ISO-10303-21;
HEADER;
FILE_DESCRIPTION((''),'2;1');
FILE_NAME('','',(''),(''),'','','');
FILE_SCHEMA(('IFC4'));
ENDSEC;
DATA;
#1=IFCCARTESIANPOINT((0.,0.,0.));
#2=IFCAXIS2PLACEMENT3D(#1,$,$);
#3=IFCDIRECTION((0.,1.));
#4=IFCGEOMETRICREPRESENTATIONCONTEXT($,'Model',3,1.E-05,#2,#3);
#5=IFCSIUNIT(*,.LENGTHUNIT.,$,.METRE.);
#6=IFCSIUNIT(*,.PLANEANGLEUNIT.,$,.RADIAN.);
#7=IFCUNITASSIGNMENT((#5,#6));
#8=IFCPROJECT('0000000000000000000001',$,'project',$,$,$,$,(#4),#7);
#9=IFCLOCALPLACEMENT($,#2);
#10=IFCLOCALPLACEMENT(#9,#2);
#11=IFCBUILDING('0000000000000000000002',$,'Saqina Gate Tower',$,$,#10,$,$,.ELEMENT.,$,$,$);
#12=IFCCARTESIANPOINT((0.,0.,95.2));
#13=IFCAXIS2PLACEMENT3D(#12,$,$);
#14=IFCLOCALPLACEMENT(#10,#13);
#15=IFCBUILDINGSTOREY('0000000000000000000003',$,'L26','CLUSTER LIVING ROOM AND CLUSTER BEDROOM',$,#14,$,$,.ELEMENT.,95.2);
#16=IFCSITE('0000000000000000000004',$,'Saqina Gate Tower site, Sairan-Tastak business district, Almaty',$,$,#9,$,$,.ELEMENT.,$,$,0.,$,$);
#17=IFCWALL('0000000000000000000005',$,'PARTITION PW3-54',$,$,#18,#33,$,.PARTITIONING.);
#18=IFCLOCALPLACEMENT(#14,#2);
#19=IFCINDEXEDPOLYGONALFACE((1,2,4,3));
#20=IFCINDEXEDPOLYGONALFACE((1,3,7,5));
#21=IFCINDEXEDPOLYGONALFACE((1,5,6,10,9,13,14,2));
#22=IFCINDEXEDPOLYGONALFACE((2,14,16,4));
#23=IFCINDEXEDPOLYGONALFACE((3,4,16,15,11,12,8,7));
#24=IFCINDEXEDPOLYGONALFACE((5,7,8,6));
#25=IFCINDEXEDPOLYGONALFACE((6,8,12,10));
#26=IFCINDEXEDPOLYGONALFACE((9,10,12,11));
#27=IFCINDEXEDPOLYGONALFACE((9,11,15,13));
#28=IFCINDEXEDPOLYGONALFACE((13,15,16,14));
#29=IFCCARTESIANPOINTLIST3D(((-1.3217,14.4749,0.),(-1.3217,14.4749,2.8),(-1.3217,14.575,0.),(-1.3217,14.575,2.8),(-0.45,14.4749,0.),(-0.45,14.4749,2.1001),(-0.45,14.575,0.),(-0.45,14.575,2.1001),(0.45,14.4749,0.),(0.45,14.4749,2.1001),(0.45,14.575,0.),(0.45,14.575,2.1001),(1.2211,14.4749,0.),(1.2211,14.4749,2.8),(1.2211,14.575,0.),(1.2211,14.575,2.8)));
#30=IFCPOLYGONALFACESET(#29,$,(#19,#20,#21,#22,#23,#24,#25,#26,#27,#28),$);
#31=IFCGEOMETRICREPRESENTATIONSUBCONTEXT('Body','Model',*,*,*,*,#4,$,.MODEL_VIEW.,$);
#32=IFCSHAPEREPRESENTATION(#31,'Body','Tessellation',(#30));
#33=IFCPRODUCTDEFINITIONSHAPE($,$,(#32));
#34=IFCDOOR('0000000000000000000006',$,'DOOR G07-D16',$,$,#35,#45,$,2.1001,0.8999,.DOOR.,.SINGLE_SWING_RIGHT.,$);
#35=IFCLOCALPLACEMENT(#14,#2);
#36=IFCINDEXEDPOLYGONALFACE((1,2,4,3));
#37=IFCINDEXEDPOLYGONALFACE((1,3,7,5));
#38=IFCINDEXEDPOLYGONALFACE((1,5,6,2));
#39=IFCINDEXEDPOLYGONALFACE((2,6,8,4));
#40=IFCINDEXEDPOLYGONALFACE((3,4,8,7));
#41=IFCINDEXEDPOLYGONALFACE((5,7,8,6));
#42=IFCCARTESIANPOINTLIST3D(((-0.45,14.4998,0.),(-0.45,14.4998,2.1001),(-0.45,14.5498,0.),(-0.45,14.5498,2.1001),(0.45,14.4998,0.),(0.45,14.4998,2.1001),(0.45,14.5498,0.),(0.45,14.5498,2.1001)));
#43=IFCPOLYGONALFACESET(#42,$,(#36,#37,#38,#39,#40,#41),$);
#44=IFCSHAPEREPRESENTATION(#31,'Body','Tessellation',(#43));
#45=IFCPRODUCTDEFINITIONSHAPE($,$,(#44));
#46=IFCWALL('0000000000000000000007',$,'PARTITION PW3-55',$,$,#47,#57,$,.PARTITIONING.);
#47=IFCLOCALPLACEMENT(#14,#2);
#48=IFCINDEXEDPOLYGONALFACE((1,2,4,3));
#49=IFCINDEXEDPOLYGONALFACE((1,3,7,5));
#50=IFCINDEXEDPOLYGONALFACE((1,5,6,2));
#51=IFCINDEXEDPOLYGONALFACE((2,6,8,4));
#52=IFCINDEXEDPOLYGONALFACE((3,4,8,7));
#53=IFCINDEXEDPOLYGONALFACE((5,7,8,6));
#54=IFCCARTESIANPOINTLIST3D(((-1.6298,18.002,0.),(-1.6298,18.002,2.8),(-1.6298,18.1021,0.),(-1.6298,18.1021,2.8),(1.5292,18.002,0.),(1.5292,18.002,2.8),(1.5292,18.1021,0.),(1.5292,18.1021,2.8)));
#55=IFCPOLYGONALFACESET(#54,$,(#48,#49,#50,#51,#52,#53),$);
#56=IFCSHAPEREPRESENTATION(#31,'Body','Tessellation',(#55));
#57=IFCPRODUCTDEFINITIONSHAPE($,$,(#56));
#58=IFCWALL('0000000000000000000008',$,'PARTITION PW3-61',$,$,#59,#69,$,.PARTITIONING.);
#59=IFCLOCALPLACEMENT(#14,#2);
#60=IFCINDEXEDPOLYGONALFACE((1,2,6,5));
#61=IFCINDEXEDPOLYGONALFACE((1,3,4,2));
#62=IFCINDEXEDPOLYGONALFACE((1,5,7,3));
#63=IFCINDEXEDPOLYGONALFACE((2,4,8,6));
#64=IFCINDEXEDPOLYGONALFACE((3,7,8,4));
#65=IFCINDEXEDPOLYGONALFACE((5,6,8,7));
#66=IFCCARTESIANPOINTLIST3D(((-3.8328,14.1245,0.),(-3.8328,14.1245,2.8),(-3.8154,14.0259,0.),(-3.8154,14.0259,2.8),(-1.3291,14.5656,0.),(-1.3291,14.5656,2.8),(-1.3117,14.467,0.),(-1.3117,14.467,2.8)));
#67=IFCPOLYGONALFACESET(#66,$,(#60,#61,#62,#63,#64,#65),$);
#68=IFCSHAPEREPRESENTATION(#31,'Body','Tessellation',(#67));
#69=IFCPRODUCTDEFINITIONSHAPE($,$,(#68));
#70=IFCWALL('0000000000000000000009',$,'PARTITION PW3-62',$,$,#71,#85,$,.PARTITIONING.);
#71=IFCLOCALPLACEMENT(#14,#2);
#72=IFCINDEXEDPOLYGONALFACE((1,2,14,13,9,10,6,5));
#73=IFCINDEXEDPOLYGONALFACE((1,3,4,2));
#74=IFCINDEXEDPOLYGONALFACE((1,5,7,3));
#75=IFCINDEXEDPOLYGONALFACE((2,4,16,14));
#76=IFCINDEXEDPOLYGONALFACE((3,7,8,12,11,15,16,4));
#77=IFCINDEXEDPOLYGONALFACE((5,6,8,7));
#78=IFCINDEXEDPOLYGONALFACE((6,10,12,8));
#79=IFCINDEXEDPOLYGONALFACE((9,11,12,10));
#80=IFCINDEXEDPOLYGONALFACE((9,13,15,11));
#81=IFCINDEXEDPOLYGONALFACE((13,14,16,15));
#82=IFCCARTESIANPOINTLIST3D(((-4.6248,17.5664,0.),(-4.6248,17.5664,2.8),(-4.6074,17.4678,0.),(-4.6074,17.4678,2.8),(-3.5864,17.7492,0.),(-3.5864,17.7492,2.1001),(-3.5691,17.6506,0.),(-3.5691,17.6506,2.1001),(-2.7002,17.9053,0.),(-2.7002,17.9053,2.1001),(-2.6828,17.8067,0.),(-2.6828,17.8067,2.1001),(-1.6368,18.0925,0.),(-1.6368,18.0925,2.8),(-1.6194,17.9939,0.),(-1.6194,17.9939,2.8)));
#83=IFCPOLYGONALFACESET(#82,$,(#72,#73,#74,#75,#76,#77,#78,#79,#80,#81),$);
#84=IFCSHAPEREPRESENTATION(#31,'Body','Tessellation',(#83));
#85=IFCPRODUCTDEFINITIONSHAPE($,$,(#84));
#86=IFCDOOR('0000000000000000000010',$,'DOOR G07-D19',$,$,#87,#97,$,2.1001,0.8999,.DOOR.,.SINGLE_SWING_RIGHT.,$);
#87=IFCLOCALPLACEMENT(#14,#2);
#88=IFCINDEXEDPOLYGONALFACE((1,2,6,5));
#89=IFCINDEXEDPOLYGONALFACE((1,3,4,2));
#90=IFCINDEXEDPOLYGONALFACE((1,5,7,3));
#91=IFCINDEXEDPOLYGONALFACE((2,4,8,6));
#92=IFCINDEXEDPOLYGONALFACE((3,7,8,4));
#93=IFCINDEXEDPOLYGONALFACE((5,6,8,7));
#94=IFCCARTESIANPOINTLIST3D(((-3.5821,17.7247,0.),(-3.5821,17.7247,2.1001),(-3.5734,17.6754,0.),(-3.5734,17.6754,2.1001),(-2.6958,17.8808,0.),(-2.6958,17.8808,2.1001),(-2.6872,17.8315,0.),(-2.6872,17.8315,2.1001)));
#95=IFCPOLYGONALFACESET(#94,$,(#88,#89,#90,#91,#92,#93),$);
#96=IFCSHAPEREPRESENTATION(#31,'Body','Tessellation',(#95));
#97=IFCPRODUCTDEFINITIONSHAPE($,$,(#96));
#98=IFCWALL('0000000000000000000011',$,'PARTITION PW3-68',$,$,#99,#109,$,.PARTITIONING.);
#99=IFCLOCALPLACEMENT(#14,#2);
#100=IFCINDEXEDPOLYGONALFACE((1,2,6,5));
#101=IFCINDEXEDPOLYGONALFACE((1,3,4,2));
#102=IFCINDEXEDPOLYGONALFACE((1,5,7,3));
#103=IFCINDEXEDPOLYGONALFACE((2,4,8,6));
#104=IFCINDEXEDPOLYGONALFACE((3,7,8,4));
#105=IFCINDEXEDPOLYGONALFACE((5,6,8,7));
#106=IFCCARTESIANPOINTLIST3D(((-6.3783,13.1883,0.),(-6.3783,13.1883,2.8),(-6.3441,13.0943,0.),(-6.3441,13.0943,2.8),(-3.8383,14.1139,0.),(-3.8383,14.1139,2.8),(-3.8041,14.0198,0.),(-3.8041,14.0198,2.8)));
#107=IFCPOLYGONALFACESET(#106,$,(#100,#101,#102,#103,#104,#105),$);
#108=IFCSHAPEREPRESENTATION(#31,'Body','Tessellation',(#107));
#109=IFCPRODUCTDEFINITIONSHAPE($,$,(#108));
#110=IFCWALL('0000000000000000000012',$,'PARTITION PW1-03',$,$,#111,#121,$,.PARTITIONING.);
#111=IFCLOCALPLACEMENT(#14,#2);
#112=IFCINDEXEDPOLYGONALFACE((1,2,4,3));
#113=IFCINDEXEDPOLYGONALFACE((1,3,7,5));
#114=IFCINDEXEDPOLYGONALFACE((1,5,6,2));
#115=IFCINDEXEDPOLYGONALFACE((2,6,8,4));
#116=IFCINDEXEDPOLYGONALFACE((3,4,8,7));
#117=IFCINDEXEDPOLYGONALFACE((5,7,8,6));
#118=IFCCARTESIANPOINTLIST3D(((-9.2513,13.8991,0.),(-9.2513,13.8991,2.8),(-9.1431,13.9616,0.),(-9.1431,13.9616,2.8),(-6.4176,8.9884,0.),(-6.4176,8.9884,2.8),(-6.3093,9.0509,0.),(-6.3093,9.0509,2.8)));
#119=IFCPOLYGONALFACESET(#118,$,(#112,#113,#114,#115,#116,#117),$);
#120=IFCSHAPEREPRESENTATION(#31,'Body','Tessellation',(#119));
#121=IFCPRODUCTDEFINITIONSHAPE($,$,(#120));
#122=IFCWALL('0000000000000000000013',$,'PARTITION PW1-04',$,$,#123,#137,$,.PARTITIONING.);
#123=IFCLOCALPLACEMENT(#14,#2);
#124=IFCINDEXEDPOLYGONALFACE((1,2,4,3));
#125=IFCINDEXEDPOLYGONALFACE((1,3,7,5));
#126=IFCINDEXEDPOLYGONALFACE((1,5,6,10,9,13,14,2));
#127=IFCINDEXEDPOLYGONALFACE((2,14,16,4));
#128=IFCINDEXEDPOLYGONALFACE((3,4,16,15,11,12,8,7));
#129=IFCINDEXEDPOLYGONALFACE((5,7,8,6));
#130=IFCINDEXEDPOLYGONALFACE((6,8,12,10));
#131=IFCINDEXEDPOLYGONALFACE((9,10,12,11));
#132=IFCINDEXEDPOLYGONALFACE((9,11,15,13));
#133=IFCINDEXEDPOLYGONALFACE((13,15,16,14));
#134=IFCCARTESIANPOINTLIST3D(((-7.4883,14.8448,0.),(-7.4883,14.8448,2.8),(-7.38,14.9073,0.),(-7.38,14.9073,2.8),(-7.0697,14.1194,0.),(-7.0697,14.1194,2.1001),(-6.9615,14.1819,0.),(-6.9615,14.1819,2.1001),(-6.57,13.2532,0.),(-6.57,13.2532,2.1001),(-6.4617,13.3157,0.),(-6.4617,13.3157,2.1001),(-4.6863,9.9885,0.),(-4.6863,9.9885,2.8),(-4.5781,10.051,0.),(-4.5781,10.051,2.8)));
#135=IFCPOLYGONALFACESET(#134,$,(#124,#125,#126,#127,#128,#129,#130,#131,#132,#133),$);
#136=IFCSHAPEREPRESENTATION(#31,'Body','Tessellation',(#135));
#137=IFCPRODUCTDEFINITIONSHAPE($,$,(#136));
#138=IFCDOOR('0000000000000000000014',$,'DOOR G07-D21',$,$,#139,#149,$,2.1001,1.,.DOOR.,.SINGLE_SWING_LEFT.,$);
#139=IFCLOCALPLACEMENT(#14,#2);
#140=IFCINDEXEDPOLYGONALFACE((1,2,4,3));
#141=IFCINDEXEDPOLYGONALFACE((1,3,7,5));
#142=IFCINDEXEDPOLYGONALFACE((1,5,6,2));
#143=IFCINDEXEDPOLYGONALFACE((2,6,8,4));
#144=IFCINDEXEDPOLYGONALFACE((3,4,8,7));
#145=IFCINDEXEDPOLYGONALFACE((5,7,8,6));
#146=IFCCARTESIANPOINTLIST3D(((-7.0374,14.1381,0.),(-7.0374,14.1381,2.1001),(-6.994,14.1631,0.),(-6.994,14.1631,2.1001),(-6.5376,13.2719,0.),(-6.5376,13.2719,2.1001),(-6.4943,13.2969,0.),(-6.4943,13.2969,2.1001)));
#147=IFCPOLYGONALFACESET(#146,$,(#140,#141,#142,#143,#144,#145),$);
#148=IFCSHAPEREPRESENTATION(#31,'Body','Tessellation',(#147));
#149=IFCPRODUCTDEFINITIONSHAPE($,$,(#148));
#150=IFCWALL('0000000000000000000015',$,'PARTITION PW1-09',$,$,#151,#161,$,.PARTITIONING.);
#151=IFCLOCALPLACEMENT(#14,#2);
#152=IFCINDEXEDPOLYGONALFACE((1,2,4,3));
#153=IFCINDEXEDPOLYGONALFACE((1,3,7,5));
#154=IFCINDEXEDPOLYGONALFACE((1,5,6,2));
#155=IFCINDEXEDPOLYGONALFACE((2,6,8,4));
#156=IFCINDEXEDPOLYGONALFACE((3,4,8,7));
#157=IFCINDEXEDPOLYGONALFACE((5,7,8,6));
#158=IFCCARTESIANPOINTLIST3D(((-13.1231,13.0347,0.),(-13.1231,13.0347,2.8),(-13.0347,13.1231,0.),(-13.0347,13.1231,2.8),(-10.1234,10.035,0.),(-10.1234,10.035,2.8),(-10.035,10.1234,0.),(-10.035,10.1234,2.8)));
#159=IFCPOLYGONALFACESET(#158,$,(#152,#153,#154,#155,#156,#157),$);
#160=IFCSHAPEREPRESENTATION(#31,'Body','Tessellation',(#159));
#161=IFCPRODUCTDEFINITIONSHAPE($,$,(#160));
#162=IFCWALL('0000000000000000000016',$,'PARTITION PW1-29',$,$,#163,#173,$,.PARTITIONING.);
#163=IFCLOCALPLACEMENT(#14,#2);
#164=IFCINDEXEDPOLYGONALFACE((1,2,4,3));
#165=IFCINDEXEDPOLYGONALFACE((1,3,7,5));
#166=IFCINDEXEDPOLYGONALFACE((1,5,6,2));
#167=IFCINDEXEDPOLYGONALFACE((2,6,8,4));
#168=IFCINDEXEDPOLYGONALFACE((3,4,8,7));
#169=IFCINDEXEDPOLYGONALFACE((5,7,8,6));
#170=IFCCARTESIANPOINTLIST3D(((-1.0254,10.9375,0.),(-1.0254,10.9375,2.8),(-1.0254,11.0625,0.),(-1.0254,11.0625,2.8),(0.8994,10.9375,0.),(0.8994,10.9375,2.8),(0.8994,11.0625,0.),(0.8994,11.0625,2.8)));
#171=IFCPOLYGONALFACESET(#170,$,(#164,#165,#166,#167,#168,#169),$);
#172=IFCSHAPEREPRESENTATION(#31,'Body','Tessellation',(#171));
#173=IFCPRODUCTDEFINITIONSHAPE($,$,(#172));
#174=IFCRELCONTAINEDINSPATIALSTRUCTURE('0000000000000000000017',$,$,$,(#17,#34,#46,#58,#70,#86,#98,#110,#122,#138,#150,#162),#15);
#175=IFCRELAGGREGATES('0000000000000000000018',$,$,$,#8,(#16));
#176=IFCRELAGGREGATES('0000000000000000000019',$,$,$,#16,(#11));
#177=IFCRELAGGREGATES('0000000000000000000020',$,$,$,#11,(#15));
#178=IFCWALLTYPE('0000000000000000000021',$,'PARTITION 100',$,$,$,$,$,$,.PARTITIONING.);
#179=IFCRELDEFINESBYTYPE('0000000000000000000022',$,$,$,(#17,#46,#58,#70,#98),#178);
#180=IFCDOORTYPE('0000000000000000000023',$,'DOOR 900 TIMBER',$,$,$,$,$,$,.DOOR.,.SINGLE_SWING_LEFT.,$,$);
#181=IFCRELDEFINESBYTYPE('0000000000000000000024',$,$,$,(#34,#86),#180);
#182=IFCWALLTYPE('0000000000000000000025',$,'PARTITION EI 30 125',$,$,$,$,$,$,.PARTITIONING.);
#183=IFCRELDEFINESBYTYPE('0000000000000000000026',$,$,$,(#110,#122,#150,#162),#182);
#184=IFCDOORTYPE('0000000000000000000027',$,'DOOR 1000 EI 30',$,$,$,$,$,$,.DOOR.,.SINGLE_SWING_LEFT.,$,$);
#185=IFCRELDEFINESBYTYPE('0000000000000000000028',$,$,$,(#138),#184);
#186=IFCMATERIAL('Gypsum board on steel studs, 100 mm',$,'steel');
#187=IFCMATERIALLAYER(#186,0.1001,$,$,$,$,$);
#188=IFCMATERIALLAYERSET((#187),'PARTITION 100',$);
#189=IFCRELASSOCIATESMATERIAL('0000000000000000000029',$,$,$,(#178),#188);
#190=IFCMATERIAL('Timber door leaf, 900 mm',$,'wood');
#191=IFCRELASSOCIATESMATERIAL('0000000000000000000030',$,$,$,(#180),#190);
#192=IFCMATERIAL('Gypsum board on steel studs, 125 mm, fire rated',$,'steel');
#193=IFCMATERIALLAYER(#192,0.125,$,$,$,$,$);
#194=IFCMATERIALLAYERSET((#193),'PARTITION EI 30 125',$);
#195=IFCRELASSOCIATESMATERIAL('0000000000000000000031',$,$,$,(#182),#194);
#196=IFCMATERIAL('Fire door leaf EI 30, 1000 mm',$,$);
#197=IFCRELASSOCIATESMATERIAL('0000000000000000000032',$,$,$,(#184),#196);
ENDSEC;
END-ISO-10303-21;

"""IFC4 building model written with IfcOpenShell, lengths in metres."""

from ifc_helpers import new_model, si_unit, direction, frame, frame_2d, origin, place, context, subcontext, project, spatial, rectangle, extrude, material, layer, layer_set, type_object, element, fill, save


model = new_model("IFC4")

# Units and contexts
model_context = context("Model", 3, precision=1e-05, world=origin(), true_north=direction((0.0, 1.0)))
body_context = subcontext(model_context, "Body", "Model", "MODEL_VIEW")
ifc_project = project(units=[si_unit("LENGTHUNIT", "METRE"), si_unit("PLANEANGLEUNIT", "RADIAN")], contexts=[model_context])

# Site, building, storey
site_placement = place(None, origin())
site = spatial("IfcSite", under=ifc_project, at=site_placement, Name="Saqina Gate Tower site, Sairan-Tastak business district, Almaty", CompositionType="ELEMENT", RefElevation=0.0)
building_placement = place(site_placement, origin())
building = spatial("IfcBuilding", under=site, at=building_placement, Name="Saqina Gate Tower", CompositionType="ELEMENT")
storey_placement = place(building_placement, frame((0.0, 0.0, 95.2)))
storey = spatial("IfcBuildingStorey", under=building, at=storey_placement, Name="L26", Description="CLUSTER LIVING ROOM AND CLUSTER BEDROOM", CompositionType="ELEMENT", Elevation=95.2)

# Wall, opening, door
ifc_material_1 = material(Name="Gypsum board on steel studs, 100 mm", Category="steel")
ifc_layer_1 = layer(ifc_material_1, 0.1001)
ifc_layer_set_1 = layer_set([ifc_layer_1], Name="PARTITION 100")
wall_type_1 = type_object("IfcWallType", Name="PARTITION 100", PredefinedType="PARTITIONING", material=ifc_layer_set_1)
wall_1_placement = place(storey_placement, frame((-1.3218, 14.5249, 0.0), z_axis=(0.0, 0.0, 1.0), x_axis=(1.0, 0.0, 0.0)))
wall_1 = element("IfcWall", 1, at=wall_1_placement, inside=storey, type_object=wall_type_1, Name="PARTITION PW3-54", PredefinedType="PARTITIONING", context=body_context, shape_type="SweptSolid", body=[
    extrude(rectangle(XDim=2.5427, YDim=0.1001, at=frame_2d((1.2715, 0.0))), origin(), (0.0, 0.0, 1.0), 2.8),
])
opening_1_placement = place(wall_1_placement, frame((0.8718, 0.0, 0.0)))
opening_1 = element("IfcOpeningElement", 2, at=opening_1_placement, cuts=wall_1, PredefinedType="OPENING", context=body_context, shape_type="SweptSolid", body=[
    extrude(rectangle(XDim=0.8999, YDim=2.1001, at=frame_2d((0.45, 1.05))), frame((0.0, 0.062, 0.0), z_axis=(0.0, -1.0, 0.0), x_axis=(1.0, 0.0, 0.0)), (0.0, 0.0, 1.0), 0.124),
])
ifc_material_2 = material(Name="Timber door leaf, 900 mm", Category="wood")
door_type_1 = type_object("IfcDoorType", Name="DOOR 900 TIMBER", OperationType="SINGLE_SWING_LEFT", PredefinedType="DOOR", material=ifc_material_2)
door_1_placement = place(opening_1_placement, origin())
door_1 = element("IfcDoor", 3, at=door_1_placement, inside=storey, type_object=door_type_1, Name="DOOR G07-D16", OperationType="SINGLE_SWING_RIGHT", OverallHeight=2.1001, OverallWidth=0.8999, PredefinedType="DOOR", context=body_context, shape_type="SweptSolid", body=[
    extrude(rectangle(XDim=0.8999, YDim=2.1001, at=frame_2d((0.45, 1.05))), frame((0.0, 0.0249, 0.0), z_axis=(0.0, -1.0, 0.0), x_axis=(1.0, 0.0, 0.0)), (0.0, 0.0, 1.0), 0.05),
])
fill(opening_1, door_1)

# Walls
wall_2_placement = place(storey_placement, frame((-1.6299, 18.052, 0.0), z_axis=(0.0, 0.0, 1.0), x_axis=(1.0, 0.0, 0.0)))
element("IfcWall", 4, at=wall_2_placement, inside=storey, type_object=wall_type_1, Name="PARTITION PW3-55", PredefinedType="PARTITIONING", context=body_context, shape_type="SweptSolid", body=[
    extrude(rectangle(XDim=3.1589, YDim=0.1001, at=frame_2d((1.5796, 0.0))), origin(), (0.0, 0.0, 1.0), 2.8),
])
wall_3_placement = place(storey_placement, frame((-3.824, 14.0752, 0.0), z_axis=(0.0, 0.0, 1.0), x_axis=(0.984828, 0.173533, 0.0)))
element("IfcWall", 5, at=wall_3_placement, inside=storey, type_object=wall_type_1, Name="PARTITION PW3-61", PredefinedType="PARTITIONING", context=body_context, shape_type="SweptSolid", body=[
    extrude(rectangle(XDim=2.5422, YDim=0.1001, at=frame_2d((1.271, 0.0))), origin(), (0.0, 0.0, 1.0), 2.8),
])

# Wall, opening, door
wall_4_placement = place(storey_placement, frame((-4.6162, 17.5171, 0.0), z_axis=(0.0, 0.0, 1.0), x_axis=(0.98485, 0.173409, 0.0)))
wall_4 = element("IfcWall", 6, at=wall_4_placement, inside=storey, type_object=wall_type_1, Name="PARTITION PW3-62", PredefinedType="PARTITIONING", context=body_context, shape_type="SweptSolid", body=[
    extrude(rectangle(XDim=3.0339, YDim=0.1001, at=frame_2d((1.5171, 0.0))), origin(), (0.0, 0.0, 1.0), 2.8),
])
opening_2_placement = place(wall_4_placement, frame((1.0544, 0.0, 0.0)))
opening_2 = element("IfcOpeningElement", 7, at=opening_2_placement, cuts=wall_4, PredefinedType="OPENING", context=body_context, shape_type="SweptSolid", body=[
    extrude(rectangle(XDim=0.8999, YDim=2.1001, at=frame_2d((0.45, 1.05))), frame((0.0, 0.062, 0.0), z_axis=(0.0, -1.0, 0.0), x_axis=(1.0, 0.0, 0.0)), (0.0, 0.0, 1.0), 0.124),
])
door_2_placement = place(opening_2_placement, frame((0.8999, 0.0, 0.0), z_axis=(0.0, 0.0, 1.0), x_axis=(-1.0, 0.0, 0.0)))
door_2 = element("IfcDoor", 8, at=door_2_placement, inside=storey, type_object=door_type_1, Name="DOOR G07-D19", OperationType="SINGLE_SWING_RIGHT", OverallHeight=2.1001, OverallWidth=0.8999, PredefinedType="DOOR", context=body_context, shape_type="SweptSolid", body=[
    extrude(rectangle(XDim=0.8999, YDim=2.1001, at=frame_2d((0.45, 1.05))), frame((0.0, 0.0249, 0.0), z_axis=(0.0, -1.0, 0.0), x_axis=(1.0, 0.0, 0.0)), (0.0, 0.0, 1.0), 0.05),
])
fill(opening_2, door_2)

# Walls
wall_5_placement = place(storey_placement, frame((-6.3611, 13.1414, 0.0), z_axis=(0.0, 0.0, 1.0), x_axis=(0.939569, 0.342359, 0.0)))
element("IfcWall", 9, at=wall_5_placement, inside=storey, type_object=wall_type_1, Name="PARTITION PW3-68", PredefinedType="PARTITIONING", context=body_context, shape_type="SweptSolid", body=[
    extrude(rectangle(XDim=2.7034, YDim=0.1001, at=frame_2d((1.3516, 0.0))), origin(), (0.0, 0.0, 1.0), 2.8),
])
ifc_material_3 = material(Name="Gypsum board on steel studs, 125 mm, fire rated", Category="steel")
ifc_layer_2 = layer(ifc_material_3, 0.125)
ifc_layer_set_2 = layer_set([ifc_layer_2], Name="PARTITION EI 30 125")
wall_type_2 = type_object("IfcWallType", Name="PARTITION EI 30 125", PredefinedType="PARTITIONING", material=ifc_layer_set_2)
wall_6_placement = place(storey_placement, frame((-9.1973, 13.9304, 0.0), z_axis=(0.0, 0.0, 1.0), x_axis=(0.499812, -0.866134, 0.0)))
element("IfcWall", 10, at=wall_6_placement, inside=storey, type_object=wall_type_2, Name="PARTITION PW1-03", PredefinedType="PARTITIONING", context=body_context, shape_type="SweptSolid", body=[
    extrude(rectangle(XDim=5.6697, YDim=0.125, at=frame_2d((2.835, 0.0))), origin(), (0.0, 0.0, 1.0), 2.8),
])

# Wall, opening, door
wall_7_placement = place(storey_placement, frame((-7.4341, 14.876, 0.0), z_axis=(0.0, 0.0, 1.0), x_axis=(0.49975, -0.86617, 0.0)))
wall_7 = element("IfcWall", 11, at=wall_7_placement, inside=storey, type_object=wall_type_2, Name="PARTITION PW1-04", PredefinedType="PARTITIONING", context=body_context, shape_type="SweptSolid", body=[
    extrude(rectangle(XDim=5.6067, YDim=0.125, at=frame_2d((2.8032, 0.0))), origin(), (0.0, 0.0, 1.0), 2.8),
])
opening_3_placement = place(wall_7_placement, frame((0.8374, 0.0, 0.0)))
opening_3 = element("IfcOpeningElement", 12, at=opening_3_placement, cuts=wall_7, PredefinedType="OPENING", context=body_context, shape_type="SweptSolid", body=[
    extrude(rectangle(XDim=1.0, YDim=2.1001, at=frame_2d((0.5, 1.05))), frame((0.0, 0.0745, 0.0), z_axis=(0.0, -1.0, 0.0), x_axis=(1.0, 0.0, 0.0)), (0.0, 0.0, 1.0), 0.1489),
])
ifc_material_4 = material(Name="Fire door leaf EI 30, 1000 mm")
door_type_2 = type_object("IfcDoorType", Name="DOOR 1000 EI 30", OperationType="SINGLE_SWING_LEFT", PredefinedType="DOOR", material=ifc_material_4)
door_3_placement = place(opening_3_placement, origin())
door_3 = element("IfcDoor", 13, at=door_3_placement, inside=storey, type_object=door_type_2, Name="DOOR G07-D21", OperationType="SINGLE_SWING_LEFT", OverallHeight=2.1001, OverallWidth=1.0, PredefinedType="DOOR", context=body_context, shape_type="SweptSolid", body=[
    extrude(rectangle(XDim=1.0, YDim=2.1001, at=frame_2d((0.5, 1.05))), frame((0.0, 0.0249, 0.0), z_axis=(0.0, -1.0, 0.0), x_axis=(1.0, 0.0, 0.0)), (0.0, 0.0, 1.0), 0.05),
])
fill(opening_3, door_3)

# Walls
wall_8_placement = place(storey_placement, frame((-13.0789, 13.0789, 0.0), z_axis=(0.0, 0.0, 1.0), x_axis=(0.707107, -0.707107, 0.0)))
element("IfcWall", 14, at=wall_8_placement, inside=storey, type_object=wall_type_2, Name="PARTITION PW1-09", PredefinedType="PARTITIONING", context=body_context, shape_type="SweptSolid", body=[
    extrude(rectangle(XDim=4.2422, YDim=0.125, at=frame_2d((2.1211, 0.0))), origin(), (0.0, 0.0, 1.0), 2.8),
])
wall_9_placement = place(storey_placement, frame((-1.0254, 11.0, 0.0), z_axis=(0.0, 0.0, 1.0), x_axis=(1.0, 0.0, 0.0)))
element("IfcWall", 15, at=wall_9_placement, inside=storey, type_object=wall_type_2, Name="PARTITION PW1-29", PredefinedType="PARTITIONING", context=body_context, shape_type="SweptSolid", body=[
    extrude(rectangle(XDim=1.9248, YDim=0.125, at=frame_2d((0.9624, 0.0))), origin(), (0.0, 0.0, 1.0), 2.8),
])

save(model, "model.ifc")
